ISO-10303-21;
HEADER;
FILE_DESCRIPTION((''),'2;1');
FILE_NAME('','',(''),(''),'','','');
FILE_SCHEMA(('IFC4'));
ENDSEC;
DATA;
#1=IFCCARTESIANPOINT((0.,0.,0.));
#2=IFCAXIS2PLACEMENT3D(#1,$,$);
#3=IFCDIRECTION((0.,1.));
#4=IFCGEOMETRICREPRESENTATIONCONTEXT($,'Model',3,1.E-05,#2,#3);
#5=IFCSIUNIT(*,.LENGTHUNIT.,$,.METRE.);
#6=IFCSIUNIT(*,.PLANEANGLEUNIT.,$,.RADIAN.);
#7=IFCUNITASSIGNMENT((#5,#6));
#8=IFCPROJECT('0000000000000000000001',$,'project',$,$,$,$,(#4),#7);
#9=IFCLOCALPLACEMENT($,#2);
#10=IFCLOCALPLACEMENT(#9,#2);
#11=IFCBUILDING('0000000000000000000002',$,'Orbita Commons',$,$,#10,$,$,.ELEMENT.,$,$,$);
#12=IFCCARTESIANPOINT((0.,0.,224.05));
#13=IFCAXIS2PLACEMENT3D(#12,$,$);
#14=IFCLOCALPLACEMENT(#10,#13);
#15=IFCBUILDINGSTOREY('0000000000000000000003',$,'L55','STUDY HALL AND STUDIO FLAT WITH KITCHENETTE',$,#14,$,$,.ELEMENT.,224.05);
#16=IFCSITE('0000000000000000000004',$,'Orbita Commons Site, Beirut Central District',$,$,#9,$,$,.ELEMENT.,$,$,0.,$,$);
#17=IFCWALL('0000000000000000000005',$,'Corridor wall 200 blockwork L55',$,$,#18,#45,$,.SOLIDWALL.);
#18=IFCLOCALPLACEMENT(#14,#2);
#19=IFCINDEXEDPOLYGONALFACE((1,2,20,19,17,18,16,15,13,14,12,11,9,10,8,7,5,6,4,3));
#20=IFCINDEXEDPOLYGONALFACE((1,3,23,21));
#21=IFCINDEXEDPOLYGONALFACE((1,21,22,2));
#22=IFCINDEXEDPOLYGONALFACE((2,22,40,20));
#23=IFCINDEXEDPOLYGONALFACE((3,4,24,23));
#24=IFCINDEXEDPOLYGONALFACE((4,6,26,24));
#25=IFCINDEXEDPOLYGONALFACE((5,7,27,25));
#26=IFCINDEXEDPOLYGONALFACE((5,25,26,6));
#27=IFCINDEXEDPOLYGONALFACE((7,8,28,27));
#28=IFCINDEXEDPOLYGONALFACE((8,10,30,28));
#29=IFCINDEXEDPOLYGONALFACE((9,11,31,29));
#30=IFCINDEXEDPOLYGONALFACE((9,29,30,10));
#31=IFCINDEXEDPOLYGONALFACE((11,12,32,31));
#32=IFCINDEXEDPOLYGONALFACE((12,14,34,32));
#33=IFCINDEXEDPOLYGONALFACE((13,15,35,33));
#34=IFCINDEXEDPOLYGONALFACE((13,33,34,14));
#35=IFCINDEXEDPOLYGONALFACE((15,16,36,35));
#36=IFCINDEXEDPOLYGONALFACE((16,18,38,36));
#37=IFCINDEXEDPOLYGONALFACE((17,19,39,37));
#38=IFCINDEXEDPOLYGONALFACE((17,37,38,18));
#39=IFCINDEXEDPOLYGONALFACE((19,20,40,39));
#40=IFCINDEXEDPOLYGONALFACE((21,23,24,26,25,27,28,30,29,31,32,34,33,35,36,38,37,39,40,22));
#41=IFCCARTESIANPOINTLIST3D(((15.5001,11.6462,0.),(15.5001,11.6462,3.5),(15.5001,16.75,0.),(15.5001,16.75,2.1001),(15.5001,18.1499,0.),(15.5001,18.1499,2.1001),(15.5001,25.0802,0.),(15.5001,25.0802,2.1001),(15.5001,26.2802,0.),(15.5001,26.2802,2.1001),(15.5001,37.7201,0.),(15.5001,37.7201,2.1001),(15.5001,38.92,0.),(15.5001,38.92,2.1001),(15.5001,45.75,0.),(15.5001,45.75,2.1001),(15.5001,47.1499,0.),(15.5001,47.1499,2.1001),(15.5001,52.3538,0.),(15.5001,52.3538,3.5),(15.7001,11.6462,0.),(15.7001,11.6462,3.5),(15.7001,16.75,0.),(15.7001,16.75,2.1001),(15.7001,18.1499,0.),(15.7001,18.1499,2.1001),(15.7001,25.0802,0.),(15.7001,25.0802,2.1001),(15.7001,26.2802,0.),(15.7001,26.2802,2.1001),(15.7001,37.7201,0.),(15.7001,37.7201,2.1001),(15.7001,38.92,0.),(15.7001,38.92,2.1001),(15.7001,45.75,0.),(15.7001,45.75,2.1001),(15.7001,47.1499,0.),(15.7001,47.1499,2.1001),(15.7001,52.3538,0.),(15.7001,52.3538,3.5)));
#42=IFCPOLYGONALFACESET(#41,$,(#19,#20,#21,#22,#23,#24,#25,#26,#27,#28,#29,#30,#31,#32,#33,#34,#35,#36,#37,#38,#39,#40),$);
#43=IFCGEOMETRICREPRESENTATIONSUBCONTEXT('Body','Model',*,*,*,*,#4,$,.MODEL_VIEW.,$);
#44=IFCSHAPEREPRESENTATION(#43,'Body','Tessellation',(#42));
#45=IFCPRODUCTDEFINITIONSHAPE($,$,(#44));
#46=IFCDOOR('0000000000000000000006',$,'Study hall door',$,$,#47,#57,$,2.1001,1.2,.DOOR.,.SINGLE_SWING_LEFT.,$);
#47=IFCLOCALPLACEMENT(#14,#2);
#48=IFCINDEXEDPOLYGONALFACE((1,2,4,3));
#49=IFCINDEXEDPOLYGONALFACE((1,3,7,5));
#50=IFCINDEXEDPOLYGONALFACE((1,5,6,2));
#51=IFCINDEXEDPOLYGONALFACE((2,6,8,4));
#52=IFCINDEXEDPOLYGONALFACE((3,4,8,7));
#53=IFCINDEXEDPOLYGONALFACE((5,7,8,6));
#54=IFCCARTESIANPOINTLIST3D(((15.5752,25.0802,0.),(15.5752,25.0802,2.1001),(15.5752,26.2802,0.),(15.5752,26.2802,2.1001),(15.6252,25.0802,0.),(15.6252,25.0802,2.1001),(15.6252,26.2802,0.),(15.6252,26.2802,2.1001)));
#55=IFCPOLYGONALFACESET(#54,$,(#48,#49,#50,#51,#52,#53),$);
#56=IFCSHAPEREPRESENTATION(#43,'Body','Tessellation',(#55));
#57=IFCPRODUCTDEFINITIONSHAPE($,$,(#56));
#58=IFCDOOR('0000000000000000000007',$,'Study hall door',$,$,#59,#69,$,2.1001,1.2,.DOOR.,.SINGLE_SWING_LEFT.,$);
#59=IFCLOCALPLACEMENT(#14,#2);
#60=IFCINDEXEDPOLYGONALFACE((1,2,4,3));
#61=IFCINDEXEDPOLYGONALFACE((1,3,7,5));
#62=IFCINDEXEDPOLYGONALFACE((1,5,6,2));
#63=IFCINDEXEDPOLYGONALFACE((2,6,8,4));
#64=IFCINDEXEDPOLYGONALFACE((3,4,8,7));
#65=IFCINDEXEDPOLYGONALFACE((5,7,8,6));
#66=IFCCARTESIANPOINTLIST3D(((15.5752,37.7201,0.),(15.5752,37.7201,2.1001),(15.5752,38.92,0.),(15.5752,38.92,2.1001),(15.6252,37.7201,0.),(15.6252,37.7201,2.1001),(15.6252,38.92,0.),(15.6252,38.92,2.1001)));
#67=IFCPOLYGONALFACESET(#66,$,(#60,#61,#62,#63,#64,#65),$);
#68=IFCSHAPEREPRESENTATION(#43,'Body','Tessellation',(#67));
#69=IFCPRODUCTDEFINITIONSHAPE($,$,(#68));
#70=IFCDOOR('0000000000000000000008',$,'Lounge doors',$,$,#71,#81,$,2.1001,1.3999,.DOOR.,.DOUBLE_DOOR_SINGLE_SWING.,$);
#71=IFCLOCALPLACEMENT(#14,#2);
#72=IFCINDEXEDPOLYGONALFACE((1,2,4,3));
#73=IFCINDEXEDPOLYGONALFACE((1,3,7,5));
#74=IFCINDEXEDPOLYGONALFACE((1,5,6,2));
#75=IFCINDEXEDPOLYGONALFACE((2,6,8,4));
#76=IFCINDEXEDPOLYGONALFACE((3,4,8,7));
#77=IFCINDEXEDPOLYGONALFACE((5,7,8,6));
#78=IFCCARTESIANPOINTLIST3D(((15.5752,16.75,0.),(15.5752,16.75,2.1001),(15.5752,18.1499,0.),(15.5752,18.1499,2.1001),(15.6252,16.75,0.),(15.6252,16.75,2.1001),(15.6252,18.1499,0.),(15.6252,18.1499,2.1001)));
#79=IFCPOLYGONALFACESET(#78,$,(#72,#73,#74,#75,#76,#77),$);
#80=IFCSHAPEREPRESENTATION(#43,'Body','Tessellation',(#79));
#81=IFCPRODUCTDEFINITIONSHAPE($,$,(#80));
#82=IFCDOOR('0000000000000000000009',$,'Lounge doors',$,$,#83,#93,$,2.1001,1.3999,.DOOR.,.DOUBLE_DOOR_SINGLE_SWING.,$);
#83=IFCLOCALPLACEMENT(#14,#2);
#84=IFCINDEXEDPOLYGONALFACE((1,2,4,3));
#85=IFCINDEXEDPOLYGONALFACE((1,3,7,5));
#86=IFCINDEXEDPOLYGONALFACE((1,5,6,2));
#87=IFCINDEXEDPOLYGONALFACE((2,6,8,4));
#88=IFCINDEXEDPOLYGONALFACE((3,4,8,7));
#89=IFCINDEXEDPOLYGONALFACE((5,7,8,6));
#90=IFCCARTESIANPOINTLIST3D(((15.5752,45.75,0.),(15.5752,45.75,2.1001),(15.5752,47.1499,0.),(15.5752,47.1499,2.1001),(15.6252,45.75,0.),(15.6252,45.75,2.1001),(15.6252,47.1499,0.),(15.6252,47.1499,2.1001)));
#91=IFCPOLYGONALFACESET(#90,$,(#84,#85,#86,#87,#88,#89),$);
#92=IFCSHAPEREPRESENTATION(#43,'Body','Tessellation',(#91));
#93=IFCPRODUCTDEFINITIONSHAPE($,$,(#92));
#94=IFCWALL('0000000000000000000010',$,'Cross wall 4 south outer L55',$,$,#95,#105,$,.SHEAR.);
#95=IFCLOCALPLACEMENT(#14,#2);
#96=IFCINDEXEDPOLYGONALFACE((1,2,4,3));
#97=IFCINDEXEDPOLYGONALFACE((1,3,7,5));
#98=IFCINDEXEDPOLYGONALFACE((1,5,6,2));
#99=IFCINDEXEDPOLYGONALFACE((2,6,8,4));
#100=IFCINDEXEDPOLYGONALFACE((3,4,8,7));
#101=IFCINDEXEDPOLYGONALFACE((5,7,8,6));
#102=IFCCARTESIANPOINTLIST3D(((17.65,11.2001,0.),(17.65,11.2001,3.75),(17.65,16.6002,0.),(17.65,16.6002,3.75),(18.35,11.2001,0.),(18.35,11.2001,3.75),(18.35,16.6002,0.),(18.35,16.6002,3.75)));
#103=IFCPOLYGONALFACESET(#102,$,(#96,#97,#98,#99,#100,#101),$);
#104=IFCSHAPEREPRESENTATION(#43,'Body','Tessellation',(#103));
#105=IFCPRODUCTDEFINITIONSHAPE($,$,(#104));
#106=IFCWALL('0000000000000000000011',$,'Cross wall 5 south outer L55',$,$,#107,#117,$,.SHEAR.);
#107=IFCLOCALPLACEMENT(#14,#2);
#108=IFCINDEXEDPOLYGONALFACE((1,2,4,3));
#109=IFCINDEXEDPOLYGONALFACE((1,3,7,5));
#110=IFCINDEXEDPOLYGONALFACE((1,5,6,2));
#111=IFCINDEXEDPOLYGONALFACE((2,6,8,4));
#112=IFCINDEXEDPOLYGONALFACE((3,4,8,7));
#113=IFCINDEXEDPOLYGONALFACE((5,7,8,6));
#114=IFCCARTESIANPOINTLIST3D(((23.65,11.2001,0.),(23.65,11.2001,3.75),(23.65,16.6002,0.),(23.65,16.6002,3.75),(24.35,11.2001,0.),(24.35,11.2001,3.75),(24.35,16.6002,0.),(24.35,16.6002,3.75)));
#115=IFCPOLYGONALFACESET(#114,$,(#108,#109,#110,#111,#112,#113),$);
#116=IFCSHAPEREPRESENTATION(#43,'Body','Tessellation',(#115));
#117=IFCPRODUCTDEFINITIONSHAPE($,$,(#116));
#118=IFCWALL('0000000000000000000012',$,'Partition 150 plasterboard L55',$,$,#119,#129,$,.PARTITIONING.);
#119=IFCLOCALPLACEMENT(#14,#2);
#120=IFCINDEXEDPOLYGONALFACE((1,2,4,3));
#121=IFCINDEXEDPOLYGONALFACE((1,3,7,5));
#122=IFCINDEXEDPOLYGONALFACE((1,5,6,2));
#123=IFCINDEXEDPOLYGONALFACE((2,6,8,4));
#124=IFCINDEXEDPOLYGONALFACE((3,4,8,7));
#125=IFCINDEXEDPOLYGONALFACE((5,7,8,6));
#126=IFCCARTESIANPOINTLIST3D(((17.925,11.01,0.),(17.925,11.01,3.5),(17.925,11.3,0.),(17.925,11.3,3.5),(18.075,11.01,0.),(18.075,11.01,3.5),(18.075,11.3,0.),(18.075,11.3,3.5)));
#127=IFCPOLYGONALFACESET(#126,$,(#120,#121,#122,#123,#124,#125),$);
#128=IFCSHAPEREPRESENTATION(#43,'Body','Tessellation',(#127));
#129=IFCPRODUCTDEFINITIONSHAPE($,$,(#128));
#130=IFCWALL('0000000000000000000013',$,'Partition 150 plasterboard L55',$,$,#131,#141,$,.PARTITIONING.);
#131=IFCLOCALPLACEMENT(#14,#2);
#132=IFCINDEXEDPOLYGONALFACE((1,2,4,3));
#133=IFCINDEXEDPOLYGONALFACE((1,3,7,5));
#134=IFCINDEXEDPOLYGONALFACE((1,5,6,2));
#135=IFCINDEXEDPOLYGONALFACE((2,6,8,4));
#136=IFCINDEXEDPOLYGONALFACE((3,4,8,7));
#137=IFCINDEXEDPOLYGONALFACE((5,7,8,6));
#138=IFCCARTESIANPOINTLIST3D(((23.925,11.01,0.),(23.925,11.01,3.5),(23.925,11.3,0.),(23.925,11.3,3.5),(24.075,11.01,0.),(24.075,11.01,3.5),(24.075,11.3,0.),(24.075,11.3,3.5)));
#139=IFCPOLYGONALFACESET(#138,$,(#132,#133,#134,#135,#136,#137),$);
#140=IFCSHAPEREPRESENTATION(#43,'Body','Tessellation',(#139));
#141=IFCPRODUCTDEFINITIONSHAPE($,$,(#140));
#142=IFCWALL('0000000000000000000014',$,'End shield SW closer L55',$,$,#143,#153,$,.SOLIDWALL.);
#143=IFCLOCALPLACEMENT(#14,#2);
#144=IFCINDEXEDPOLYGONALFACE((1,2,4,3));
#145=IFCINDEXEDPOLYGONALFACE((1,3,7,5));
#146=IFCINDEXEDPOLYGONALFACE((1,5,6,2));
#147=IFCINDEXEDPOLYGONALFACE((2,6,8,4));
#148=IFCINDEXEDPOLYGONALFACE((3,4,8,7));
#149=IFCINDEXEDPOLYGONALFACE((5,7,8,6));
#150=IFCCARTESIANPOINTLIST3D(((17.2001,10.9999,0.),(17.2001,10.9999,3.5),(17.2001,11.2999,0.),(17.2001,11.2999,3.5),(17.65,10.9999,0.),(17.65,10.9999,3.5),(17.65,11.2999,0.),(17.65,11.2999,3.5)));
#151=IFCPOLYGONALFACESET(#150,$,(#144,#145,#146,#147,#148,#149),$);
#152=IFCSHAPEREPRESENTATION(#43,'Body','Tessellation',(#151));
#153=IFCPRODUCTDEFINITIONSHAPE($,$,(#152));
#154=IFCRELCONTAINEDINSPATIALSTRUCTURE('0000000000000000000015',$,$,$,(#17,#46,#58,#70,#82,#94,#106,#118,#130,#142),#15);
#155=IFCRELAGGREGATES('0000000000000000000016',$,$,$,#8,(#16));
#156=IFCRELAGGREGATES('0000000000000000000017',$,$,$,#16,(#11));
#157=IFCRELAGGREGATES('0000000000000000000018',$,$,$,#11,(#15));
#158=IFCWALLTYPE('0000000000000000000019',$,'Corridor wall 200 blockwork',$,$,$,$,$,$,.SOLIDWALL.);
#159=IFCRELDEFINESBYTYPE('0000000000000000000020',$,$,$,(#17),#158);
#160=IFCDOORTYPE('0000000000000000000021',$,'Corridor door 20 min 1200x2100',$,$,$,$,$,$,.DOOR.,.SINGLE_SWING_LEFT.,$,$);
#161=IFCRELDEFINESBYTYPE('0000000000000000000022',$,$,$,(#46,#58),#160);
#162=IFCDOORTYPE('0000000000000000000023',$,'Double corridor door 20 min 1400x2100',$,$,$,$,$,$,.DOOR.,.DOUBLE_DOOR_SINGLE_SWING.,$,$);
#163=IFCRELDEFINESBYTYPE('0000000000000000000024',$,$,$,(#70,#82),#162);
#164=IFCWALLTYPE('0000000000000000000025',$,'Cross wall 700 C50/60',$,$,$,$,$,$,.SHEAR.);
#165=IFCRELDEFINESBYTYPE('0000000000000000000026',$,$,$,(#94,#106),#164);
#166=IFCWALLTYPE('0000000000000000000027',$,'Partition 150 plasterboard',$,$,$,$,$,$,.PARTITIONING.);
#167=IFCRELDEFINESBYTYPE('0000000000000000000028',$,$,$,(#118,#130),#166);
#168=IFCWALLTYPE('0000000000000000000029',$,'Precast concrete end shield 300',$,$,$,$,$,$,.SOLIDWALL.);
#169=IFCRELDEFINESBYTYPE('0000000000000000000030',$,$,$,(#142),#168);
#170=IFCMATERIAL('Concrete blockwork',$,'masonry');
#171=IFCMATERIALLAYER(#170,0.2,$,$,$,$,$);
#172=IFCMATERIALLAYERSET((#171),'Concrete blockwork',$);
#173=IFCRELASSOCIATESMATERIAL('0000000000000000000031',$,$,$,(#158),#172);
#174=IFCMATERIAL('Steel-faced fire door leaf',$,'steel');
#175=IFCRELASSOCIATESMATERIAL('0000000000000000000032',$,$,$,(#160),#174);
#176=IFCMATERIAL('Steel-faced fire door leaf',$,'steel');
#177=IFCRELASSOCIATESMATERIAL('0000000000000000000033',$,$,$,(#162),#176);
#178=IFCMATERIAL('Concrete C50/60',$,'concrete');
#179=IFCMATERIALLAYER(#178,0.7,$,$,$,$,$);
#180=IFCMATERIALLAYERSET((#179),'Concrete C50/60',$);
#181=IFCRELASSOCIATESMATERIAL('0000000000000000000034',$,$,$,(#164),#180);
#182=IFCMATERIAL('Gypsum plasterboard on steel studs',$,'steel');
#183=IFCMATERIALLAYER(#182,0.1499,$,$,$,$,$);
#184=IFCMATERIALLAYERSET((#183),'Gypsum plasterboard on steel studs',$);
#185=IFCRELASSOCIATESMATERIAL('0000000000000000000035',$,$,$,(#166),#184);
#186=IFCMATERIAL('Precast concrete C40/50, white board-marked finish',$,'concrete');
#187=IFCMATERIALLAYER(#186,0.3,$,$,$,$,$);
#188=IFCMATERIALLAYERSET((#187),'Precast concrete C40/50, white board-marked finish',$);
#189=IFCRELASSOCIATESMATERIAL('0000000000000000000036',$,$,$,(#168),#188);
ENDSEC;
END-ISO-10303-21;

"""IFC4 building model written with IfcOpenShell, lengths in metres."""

from ifc_helpers import new_model, si_unit, direction, frame, frame_2d, origin, place, context, subcontext, project, spatial, rectangle, extrude, material, layer, layer_set, type_object, element, fill, save


model = new_model("IFC4")

# Units and contexts
model_context = context("Model", 3, precision=1e-05, world=origin(), true_north=direction((0.0, 1.0)))
body_context = subcontext(model_context, "Body", "Model", "MODEL_VIEW")
ifc_project = project(units=[si_unit("LENGTHUNIT", "METRE"), si_unit("PLANEANGLEUNIT", "RADIAN")], contexts=[model_context])

# Site, building, storey
site_placement = place(None, origin())
site = spatial("IfcSite", under=ifc_project, at=site_placement, Name="Orbita Commons Site, Beirut Central District", CompositionType="ELEMENT", RefElevation=0.0)
building_placement = place(site_placement, origin())
building = spatial("IfcBuilding", under=site, at=building_placement, Name="Orbita Commons", CompositionType="ELEMENT")
storey_placement = place(building_placement, frame((0.0, 0.0, 224.05)))
storey = spatial("IfcBuildingStorey", under=building, at=storey_placement, Name="L55", Description="STUDY HALL AND STUDIO FLAT WITH KITCHENETTE", CompositionType="ELEMENT", Elevation=224.05)

# Wall, openings, doors
ifc_material_1 = material(Name="Concrete blockwork", Category="masonry")
ifc_layer_1 = layer(ifc_material_1, 0.2)
ifc_layer_set_1 = layer_set([ifc_layer_1], Name="Concrete blockwork")
wall_type_1 = type_object("IfcWallType", Name="Corridor wall 200 blockwork", PredefinedType="SOLIDWALL", material=ifc_layer_set_1)
wall_1_placement = place(storey_placement, frame((15.6001, 11.6462, 0.0), z_axis=(0.0, 0.0, 1.0), x_axis=(0.0, 1.0, 0.0)))
wall_1 = element("IfcWall", 1, at=wall_1_placement, inside=storey, type_object=wall_type_1, Name="Corridor wall 200 blockwork L55", PredefinedType="SOLIDWALL", context=body_context, shape_type="SweptSolid", body=[
    extrude(rectangle(XDim=40.7075, YDim=0.2, at=frame_2d((20.3538, 0.0))), origin(), (0.0, 0.0, 1.0), 3.5),
])
opening_1_placement = place(wall_1_placement, frame((13.4338, 0.0, 0.0)))
opening_1 = element("IfcOpeningElement", 2, at=opening_1_placement, cuts=wall_1, PredefinedType="OPENING", context=body_context, shape_type="SweptSolid", body=[
    extrude(rectangle(XDim=1.2, YDim=2.1001, at=frame_2d((0.6001, 1.05))), frame((0.0, 0.1099, 0.0), z_axis=(0.0, -1.0, 0.0), x_axis=(1.0, 0.0, 0.0)), (0.0, 0.0, 1.0), 0.22),
])
opening_2_placement = place(wall_1_placement, frame((26.0737, 0.0, 0.0)))
opening_2 = element("IfcOpeningElement", 3, at=opening_2_placement, cuts=wall_1, PredefinedType="OPENING", context=body_context, shape_type="SweptSolid", body=[
    extrude(rectangle(XDim=1.2, YDim=2.1001, at=frame_2d((0.6001, 1.05))), frame((0.0, 0.1099, 0.0), z_axis=(0.0, -1.0, 0.0), x_axis=(1.0, 0.0, 0.0)), (0.0, 0.0, 1.0), 0.22),
])
opening_3_placement = place(wall_1_placement, frame((5.1038, 0.0, 0.0)))
opening_3 = element("IfcOpeningElement", 4, at=opening_3_placement, cuts=wall_1, PredefinedType="OPENING", context=body_context, shape_type="SweptSolid", body=[
    extrude(rectangle(XDim=1.3999, YDim=2.1001, at=frame_2d((0.7, 1.05))), frame((0.0, 0.1099, 0.0), z_axis=(0.0, -1.0, 0.0), x_axis=(1.0, 0.0, 0.0)), (0.0, 0.0, 1.0), 0.22),
])
opening_4_placement = place(wall_1_placement, frame((34.1038, 0.0, 0.0)))
opening_4 = element("IfcOpeningElement", 5, at=opening_4_placement, cuts=wall_1, PredefinedType="OPENING", context=body_context, shape_type="SweptSolid", body=[
    extrude(rectangle(XDim=1.3999, YDim=2.1001, at=frame_2d((0.7, 1.05))), frame((0.0, 0.1099, 0.0), z_axis=(0.0, -1.0, 0.0), x_axis=(1.0, 0.0, 0.0)), (0.0, 0.0, 1.0), 0.22),
])
ifc_material_2 = material(Name="Steel-faced fire door leaf", Category="steel")
door_type_1 = type_object("IfcDoorType", Name="Corridor door 20 min 1200x2100", OperationType="SINGLE_SWING_LEFT", PredefinedType="DOOR", material=ifc_material_2)
door_1_placement = place(opening_1_placement, origin())
door_1 = element("IfcDoor", 6, at=door_1_placement, inside=storey, type_object=door_type_1, Name="Study hall door", OperationType="SINGLE_SWING_LEFT", OverallHeight=2.1001, OverallWidth=1.2, PredefinedType="DOOR", context=body_context, shape_type="SweptSolid", body=[
    extrude(rectangle(XDim=1.2, YDim=2.1001, at=frame_2d((0.6001, 1.05))), frame((0.0, 0.0249, 0.0), z_axis=(0.0, -1.0, 0.0), x_axis=(1.0, 0.0, 0.0)), (0.0, 0.0, 1.0), 0.05),
])
fill(opening_1, door_1)
door_2_placement = place(opening_2_placement, origin())
door_2 = element("IfcDoor", 7, at=door_2_placement, inside=storey, type_object=door_type_1, Name="Study hall door", OperationType="SINGLE_SWING_LEFT", OverallHeight=2.1001, OverallWidth=1.2, PredefinedType="DOOR", context=body_context, shape_type="SweptSolid", body=[
    extrude(rectangle(XDim=1.2, YDim=2.1001, at=frame_2d((0.6001, 1.05))), frame((0.0, 0.0249, 0.0), z_axis=(0.0, -1.0, 0.0), x_axis=(1.0, 0.0, 0.0)), (0.0, 0.0, 1.0), 0.05),
])
fill(opening_2, door_2)
ifc_material_3 = material(Name="Steel-faced fire door leaf", Category="steel")
door_type_2 = type_object("IfcDoorType", Name="Double corridor door 20 min 1400x2100", OperationType="DOUBLE_DOOR_SINGLE_SWING", PredefinedType="DOOR", material=ifc_material_3)
door_3_placement = place(opening_3_placement, origin())
door_3 = element("IfcDoor", 8, at=door_3_placement, inside=storey, type_object=door_type_2, Name="Lounge doors", OperationType="DOUBLE_DOOR_SINGLE_SWING", OverallHeight=2.1001, OverallWidth=1.3999, PredefinedType="DOOR", context=body_context, shape_type="SweptSolid", body=[
    extrude(rectangle(XDim=1.3999, YDim=2.1001, at=frame_2d((0.7, 1.05))), frame((0.0, 0.0249, 0.0), z_axis=(0.0, -1.0, 0.0), x_axis=(1.0, 0.0, 0.0)), (0.0, 0.0, 1.0), 0.05),
])
fill(opening_3, door_3)
door_4_placement = place(opening_4_placement, origin())
door_4 = element("IfcDoor", 9, at=door_4_placement, inside=storey, type_object=door_type_2, Name="Lounge doors", OperationType="DOUBLE_DOOR_SINGLE_SWING", OverallHeight=2.1001, OverallWidth=1.3999, PredefinedType="DOOR", context=body_context, shape_type="SweptSolid", body=[
    extrude(rectangle(XDim=1.3999, YDim=2.1001, at=frame_2d((0.7, 1.05))), frame((0.0, 0.0249, 0.0), z_axis=(0.0, -1.0, 0.0), x_axis=(1.0, 0.0, 0.0)), (0.0, 0.0, 1.0), 0.05),
])
fill(opening_4, door_4)

# Walls
ifc_material_4 = material(Name="Concrete C50/60", Category="concrete")
ifc_layer_2 = layer(ifc_material_4, 0.7)
ifc_layer_set_2 = layer_set([ifc_layer_2], Name="Concrete C50/60")
wall_type_2 = type_object("IfcWallType", Name="Cross wall 700 C50/60", PredefinedType="SHEAR", material=ifc_layer_set_2)
for number, where, z_axis, x_axis, name in (
    (10, (18.0, 11.2, 0.0), (0.0, 0.0, 1.0), (0.0, 1.0, 0.0), "Cross wall 4 south outer L55"),
    (11, (24.0, 11.2, 0.0), (0.0, 0.0, 1.0), (0.0, 1.0, 0.0), "Cross wall 5 south outer L55"),
):
    element("IfcWall", number, at=place(storey_placement, frame(where, z_axis=z_axis, x_axis=x_axis)), inside=storey, type_object=wall_type_2, Name=name, PredefinedType="SHEAR", context=body_context, shape_type="SweptSolid", body=[
        extrude(rectangle(XDim=5.4001, YDim=0.7, at=frame_2d((2.7002, 0.0))), origin(), (0.0, 0.0, 1.0), 3.75),
    ])
ifc_material_5 = material(Name="Gypsum plasterboard on steel studs", Category="steel")
ifc_layer_3 = layer(ifc_material_5, 0.1499)
ifc_layer_set_3 = layer_set([ifc_layer_3], Name="Gypsum plasterboard on steel studs")
wall_type_3 = type_object("IfcWallType", Name="Partition 150 plasterboard", PredefinedType="PARTITIONING", material=ifc_layer_set_3)
for number, where, z_axis, x_axis, name in (
    (12, (18.0, 11.3, 0.0), (0.0, 0.0, 1.0), (0.0, -1.0, 0.0), "Partition 150 plasterboard L55"),
    (13, (24.0, 11.3, 0.0), (0.0, 0.0, 1.0), (0.0, -1.0, 0.0), "Partition 150 plasterboard L55"),
):
    element("IfcWall", number, at=place(storey_placement, frame(where, z_axis=z_axis, x_axis=x_axis)), inside=storey, type_object=wall_type_3, Name=name, PredefinedType="PARTITIONING", context=body_context, shape_type="SweptSolid", body=[
        extrude(rectangle(XDim=0.29, YDim=0.1499, at=frame_2d((0.145, 0.0))), origin(), (0.0, 0.0, 1.0), 3.5),
    ])
ifc_material_6 = material(Name="Precast concrete C40/50, white board-marked finish", Category="concrete")
ifc_layer_4 = layer(ifc_material_6, 0.3)
ifc_layer_set_4 = layer_set([ifc_layer_4], Name="Precast concrete C40/50, white board-marked finish")
wall_type_4 = type_object("IfcWallType", Name="Precast concrete end shield 300", PredefinedType="SOLIDWALL", material=ifc_layer_set_4)
wall_2_placement = place(storey_placement, frame((17.2, 11.1499, 0.0), z_axis=(0.0, 0.0, 1.0), x_axis=(1.0, 0.0, 0.0)))
element("IfcWall", 14, at=wall_2_placement, inside=storey, type_object=wall_type_4, Name="End shield SW closer L55", PredefinedType="SOLIDWALL", context=body_context, shape_type="SweptSolid", body=[
    extrude(rectangle(XDim=0.45, YDim=0.3, at=frame_2d((0.2251, 0.0))), origin(), (0.0, 0.0, 1.0), 3.5),
])

save(model, "model.ifc")
